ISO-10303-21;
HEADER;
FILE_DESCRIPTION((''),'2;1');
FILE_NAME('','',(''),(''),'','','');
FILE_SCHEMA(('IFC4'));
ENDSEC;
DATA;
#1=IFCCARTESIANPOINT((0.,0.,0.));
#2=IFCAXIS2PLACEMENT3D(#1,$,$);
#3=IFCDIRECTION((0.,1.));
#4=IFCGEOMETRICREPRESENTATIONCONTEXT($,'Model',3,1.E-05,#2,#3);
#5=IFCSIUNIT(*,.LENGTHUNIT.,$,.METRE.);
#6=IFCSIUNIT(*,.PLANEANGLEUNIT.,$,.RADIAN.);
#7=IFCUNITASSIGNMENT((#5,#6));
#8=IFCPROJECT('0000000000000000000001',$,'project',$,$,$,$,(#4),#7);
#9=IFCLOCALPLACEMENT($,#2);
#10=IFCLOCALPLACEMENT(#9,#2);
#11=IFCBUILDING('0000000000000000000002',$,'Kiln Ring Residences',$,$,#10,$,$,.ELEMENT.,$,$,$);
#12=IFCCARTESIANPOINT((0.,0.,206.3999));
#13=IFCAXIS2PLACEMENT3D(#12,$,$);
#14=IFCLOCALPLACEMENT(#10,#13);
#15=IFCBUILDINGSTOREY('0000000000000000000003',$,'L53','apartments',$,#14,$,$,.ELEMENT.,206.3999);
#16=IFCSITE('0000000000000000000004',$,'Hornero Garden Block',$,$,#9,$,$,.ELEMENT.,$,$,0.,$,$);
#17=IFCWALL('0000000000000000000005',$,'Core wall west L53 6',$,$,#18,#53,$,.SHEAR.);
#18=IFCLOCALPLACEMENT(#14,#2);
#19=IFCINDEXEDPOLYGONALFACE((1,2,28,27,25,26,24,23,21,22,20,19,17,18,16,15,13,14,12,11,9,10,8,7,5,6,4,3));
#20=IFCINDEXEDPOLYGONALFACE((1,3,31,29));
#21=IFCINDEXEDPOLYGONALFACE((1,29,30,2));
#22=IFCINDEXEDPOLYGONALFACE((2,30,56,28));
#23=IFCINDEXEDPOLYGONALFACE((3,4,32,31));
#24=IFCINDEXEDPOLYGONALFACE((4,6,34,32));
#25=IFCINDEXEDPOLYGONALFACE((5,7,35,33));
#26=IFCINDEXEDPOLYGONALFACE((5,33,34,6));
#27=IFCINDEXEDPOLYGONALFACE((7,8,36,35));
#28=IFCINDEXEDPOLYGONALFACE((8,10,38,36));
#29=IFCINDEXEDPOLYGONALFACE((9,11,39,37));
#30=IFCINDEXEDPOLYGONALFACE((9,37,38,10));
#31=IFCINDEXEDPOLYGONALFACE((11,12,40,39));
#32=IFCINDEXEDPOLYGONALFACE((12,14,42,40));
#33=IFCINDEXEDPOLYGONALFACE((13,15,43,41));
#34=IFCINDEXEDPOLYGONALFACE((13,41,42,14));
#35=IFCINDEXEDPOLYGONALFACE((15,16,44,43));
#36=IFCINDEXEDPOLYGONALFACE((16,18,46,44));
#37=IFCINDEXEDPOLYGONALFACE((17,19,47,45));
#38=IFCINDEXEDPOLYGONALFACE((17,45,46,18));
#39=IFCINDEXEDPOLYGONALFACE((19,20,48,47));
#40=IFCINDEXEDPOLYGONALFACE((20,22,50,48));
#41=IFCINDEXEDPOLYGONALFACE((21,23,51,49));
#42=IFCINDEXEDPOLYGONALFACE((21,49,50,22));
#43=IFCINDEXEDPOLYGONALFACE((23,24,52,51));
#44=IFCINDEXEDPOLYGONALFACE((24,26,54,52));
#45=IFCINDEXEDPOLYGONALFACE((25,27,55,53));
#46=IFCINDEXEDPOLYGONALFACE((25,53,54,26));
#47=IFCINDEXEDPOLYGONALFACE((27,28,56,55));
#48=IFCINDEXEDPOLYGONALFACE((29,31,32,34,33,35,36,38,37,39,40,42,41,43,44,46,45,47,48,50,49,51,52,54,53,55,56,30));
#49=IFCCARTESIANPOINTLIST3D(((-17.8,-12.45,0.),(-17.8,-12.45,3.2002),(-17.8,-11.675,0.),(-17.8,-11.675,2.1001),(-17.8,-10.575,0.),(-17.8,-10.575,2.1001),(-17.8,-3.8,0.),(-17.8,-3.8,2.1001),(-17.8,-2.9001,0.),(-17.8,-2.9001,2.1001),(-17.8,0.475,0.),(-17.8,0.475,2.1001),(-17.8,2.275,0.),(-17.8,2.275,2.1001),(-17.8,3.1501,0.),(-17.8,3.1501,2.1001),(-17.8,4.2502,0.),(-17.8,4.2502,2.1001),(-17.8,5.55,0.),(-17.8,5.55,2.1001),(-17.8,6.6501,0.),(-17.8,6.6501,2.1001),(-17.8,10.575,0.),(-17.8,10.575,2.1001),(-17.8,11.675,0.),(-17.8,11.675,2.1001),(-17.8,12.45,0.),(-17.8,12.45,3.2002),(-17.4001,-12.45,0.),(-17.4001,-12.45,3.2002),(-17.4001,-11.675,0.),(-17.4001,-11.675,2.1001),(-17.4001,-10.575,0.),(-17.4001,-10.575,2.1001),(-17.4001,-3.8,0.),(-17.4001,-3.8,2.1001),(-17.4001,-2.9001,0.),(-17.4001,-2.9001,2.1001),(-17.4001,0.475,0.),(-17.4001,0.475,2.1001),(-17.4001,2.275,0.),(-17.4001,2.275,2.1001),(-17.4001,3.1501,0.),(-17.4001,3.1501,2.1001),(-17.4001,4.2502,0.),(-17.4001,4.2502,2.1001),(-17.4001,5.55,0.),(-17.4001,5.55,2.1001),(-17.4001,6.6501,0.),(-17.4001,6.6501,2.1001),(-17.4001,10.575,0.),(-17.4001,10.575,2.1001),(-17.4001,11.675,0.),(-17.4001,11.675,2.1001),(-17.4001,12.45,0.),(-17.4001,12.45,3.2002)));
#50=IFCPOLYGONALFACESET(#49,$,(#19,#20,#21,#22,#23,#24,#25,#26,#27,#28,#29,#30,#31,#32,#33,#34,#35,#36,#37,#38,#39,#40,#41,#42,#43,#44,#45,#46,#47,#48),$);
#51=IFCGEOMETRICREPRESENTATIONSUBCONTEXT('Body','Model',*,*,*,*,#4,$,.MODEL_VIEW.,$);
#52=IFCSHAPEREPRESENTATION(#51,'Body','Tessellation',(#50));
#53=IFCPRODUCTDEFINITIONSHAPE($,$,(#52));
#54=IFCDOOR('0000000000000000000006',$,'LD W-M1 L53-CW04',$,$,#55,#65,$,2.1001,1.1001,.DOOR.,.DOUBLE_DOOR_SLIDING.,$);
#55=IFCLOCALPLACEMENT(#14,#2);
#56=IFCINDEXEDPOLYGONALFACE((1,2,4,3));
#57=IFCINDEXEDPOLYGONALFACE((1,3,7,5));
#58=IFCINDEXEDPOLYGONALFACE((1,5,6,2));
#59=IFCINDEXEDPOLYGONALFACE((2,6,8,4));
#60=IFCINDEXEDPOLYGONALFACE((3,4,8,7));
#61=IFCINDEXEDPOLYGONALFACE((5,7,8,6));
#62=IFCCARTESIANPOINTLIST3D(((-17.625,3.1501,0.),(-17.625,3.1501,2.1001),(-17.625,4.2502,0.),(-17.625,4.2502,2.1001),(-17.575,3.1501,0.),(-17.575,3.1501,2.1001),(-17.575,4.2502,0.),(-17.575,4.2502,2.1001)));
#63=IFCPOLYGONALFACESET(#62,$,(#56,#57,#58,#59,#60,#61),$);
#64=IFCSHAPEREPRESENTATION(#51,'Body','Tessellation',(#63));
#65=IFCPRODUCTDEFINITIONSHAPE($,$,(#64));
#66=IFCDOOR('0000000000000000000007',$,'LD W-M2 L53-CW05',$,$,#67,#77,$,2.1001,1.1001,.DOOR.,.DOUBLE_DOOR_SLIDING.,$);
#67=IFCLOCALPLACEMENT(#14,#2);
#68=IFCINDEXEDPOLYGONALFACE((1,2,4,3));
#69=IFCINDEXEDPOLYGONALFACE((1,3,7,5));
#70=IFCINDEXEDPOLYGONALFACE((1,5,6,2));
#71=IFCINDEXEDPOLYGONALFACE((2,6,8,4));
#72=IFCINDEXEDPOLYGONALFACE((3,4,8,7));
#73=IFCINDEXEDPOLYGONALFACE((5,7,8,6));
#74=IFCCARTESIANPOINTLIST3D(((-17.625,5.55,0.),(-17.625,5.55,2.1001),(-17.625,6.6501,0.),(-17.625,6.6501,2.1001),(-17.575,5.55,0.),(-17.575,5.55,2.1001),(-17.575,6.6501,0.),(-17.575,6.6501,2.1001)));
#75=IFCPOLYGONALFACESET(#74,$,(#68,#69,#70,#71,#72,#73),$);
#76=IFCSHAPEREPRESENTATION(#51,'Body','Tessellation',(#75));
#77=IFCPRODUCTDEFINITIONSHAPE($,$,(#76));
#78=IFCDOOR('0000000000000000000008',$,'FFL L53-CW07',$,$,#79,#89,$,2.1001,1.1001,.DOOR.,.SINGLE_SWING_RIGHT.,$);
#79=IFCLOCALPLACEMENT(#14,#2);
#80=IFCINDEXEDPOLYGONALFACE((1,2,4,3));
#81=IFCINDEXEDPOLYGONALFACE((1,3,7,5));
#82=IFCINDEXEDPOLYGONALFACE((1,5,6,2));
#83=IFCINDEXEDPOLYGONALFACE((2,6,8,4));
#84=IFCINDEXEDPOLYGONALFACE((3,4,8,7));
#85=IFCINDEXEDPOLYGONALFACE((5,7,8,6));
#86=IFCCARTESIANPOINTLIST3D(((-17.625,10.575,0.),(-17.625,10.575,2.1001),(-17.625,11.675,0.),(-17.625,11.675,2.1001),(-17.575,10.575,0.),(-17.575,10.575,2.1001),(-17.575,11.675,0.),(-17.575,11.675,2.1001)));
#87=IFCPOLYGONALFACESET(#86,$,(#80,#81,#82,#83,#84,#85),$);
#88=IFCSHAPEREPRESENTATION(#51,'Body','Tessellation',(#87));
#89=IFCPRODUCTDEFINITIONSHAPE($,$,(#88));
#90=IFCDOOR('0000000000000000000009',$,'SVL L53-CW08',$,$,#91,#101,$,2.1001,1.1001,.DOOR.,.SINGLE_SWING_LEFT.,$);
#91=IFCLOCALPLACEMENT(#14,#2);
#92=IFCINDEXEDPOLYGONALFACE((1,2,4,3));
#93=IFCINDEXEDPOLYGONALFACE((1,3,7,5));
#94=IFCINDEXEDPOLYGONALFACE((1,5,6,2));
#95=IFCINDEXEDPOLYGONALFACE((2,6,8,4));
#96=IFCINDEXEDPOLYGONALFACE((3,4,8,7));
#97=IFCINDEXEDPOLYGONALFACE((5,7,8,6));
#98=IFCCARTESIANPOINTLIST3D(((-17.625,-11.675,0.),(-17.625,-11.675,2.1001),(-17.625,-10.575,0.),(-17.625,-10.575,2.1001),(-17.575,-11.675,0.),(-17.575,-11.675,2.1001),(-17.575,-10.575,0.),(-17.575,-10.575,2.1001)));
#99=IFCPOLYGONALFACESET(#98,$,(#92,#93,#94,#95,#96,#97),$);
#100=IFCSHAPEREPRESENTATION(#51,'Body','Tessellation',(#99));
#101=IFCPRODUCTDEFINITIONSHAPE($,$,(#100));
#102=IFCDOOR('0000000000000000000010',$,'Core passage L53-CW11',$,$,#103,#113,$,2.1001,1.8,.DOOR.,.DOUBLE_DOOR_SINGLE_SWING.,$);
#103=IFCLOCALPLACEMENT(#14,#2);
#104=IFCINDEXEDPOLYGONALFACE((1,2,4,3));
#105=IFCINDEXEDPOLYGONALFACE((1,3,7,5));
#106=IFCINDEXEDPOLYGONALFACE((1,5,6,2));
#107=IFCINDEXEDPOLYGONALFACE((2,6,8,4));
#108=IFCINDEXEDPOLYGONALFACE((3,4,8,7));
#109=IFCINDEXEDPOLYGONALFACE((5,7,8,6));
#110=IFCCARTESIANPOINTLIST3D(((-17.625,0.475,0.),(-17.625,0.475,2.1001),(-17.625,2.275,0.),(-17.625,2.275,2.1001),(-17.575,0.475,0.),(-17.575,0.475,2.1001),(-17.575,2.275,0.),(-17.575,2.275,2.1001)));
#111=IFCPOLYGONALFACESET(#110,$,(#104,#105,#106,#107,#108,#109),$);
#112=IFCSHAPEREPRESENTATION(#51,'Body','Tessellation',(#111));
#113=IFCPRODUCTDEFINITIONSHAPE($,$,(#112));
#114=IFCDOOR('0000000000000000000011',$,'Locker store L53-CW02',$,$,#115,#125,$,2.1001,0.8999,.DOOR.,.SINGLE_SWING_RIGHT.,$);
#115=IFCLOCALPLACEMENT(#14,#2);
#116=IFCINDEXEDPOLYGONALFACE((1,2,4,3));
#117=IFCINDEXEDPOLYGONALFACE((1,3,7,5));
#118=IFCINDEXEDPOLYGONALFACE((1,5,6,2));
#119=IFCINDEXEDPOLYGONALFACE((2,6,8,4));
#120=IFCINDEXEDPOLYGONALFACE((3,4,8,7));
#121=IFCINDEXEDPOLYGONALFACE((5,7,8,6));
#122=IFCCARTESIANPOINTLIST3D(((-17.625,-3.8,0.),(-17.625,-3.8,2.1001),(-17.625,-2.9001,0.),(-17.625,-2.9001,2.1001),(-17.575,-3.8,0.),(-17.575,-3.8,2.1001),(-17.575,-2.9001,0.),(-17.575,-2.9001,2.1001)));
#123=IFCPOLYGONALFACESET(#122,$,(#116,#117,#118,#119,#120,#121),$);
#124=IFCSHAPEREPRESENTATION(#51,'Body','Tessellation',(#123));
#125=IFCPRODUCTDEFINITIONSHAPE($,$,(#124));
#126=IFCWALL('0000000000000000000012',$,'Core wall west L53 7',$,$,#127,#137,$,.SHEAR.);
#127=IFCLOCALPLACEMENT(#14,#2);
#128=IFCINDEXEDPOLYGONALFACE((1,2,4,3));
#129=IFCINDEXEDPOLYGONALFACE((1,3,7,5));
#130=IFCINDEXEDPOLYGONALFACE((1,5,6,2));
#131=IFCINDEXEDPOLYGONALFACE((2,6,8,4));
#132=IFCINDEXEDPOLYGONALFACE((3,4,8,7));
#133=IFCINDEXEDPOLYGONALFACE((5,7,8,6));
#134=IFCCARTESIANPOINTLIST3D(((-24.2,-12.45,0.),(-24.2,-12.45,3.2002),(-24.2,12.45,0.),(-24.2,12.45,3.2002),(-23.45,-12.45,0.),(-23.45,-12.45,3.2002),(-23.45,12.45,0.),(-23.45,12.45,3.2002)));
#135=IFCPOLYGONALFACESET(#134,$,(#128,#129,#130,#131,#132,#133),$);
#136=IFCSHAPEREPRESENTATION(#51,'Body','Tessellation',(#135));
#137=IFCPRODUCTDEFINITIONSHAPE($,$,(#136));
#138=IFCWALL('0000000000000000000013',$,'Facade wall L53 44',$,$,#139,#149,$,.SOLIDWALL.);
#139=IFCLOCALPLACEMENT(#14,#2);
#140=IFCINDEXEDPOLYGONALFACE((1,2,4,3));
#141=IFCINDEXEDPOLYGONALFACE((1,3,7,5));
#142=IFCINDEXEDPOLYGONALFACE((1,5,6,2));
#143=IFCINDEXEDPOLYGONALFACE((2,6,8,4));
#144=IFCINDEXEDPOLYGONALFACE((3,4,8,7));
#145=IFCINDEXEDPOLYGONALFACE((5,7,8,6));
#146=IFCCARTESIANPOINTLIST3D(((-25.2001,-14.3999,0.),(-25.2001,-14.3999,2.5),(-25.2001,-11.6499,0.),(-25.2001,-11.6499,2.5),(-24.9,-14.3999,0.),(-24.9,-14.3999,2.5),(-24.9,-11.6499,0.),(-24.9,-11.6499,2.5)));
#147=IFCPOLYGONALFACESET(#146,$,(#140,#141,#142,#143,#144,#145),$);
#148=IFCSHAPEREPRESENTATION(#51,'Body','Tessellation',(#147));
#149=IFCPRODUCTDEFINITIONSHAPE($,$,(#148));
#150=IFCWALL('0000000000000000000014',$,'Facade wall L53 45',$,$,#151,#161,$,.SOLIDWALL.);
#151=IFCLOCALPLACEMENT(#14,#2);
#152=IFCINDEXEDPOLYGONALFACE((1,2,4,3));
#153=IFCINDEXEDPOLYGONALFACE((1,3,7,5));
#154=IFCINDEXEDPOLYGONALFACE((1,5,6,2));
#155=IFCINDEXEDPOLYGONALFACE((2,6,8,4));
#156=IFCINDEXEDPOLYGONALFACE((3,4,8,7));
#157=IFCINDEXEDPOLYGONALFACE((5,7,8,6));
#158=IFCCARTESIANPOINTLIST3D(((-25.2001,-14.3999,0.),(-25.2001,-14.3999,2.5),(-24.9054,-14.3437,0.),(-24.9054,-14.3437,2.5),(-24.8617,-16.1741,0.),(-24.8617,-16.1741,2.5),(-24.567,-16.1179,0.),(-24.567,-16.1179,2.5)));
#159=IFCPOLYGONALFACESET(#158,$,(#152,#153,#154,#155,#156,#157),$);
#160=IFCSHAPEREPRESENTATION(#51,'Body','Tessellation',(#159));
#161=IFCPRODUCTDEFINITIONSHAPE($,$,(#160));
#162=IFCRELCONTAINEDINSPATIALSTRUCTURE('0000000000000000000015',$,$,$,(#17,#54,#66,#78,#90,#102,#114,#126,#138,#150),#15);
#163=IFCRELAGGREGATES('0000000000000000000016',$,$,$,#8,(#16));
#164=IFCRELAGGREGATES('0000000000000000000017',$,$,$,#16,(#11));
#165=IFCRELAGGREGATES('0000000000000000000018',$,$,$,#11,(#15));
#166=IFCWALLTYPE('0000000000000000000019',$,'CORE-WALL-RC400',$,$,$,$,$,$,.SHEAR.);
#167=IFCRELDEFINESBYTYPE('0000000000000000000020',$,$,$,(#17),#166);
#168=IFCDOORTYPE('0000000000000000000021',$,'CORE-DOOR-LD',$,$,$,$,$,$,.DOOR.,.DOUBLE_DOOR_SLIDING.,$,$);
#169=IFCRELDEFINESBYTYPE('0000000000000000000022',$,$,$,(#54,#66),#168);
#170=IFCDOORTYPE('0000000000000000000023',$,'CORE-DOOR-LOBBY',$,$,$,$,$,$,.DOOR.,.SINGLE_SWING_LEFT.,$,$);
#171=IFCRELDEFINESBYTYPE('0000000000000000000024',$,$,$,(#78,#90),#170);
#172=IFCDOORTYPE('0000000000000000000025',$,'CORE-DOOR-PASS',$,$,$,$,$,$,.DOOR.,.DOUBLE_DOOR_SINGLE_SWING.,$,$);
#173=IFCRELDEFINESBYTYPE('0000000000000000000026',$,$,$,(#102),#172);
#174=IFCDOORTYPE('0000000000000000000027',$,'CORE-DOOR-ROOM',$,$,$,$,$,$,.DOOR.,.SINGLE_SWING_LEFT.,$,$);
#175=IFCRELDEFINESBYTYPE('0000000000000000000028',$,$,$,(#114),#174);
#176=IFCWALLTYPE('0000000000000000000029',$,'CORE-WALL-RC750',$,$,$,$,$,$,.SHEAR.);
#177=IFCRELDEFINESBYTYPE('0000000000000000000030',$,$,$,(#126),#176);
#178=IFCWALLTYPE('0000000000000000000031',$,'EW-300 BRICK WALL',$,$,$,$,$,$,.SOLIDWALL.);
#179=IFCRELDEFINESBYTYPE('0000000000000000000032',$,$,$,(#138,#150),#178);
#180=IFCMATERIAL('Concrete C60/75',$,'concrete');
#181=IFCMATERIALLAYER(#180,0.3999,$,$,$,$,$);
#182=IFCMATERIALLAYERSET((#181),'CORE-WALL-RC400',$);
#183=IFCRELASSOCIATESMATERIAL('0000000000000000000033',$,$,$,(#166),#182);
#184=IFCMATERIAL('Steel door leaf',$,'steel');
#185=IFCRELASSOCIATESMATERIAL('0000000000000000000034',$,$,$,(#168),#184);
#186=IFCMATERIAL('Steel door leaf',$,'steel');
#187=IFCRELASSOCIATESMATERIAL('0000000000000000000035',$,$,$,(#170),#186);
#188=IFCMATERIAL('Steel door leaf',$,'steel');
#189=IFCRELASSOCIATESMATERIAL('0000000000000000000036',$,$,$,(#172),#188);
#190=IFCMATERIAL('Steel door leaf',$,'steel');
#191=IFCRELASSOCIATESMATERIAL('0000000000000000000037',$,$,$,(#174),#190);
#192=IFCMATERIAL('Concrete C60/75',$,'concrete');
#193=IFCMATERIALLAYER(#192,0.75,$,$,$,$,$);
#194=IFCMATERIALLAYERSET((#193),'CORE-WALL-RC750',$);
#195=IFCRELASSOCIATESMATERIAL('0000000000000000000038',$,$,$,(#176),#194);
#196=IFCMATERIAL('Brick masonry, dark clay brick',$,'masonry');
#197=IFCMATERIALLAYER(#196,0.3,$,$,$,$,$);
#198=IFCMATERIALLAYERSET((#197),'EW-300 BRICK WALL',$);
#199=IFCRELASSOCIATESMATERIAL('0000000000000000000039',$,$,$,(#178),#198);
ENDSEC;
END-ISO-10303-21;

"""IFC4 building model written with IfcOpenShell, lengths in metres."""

from ifc_helpers import new_model, si_unit, direction, frame, frame_2d, origin, place, context, subcontext, project, spatial, rectangle, extrude, material, layer, layer_set, type_object, element, fill, save


model = new_model("IFC4")

# Units and contexts
model_context = context("Model", 3, precision=1e-05, world=origin(), true_north=direction((0.0, 1.0)))
body_context = subcontext(model_context, "Body", "Model", "MODEL_VIEW")
ifc_project = project(units=[si_unit("LENGTHUNIT", "METRE"), si_unit("PLANEANGLEUNIT", "RADIAN")], contexts=[model_context])

# Site, building, storey
site_placement = place(None, origin())
site = spatial("IfcSite", under=ifc_project, at=site_placement, Name="Hornero Garden Block", CompositionType="ELEMENT", RefElevation=0.0)
building_placement = place(site_placement, origin())
building = spatial("IfcBuilding", under=site, at=building_placement, Name="Kiln Ring Residences", CompositionType="ELEMENT")
storey_placement = place(building_placement, frame((0.0, 0.0, 206.3999)))
storey = spatial("IfcBuildingStorey", under=building, at=storey_placement, Name="L53", Description="apartments", CompositionType="ELEMENT", Elevation=206.3999)

# Wall, openings, doors
ifc_material_1 = material(Name="Concrete C60/75", Category="concrete")
ifc_layer_1 = layer(ifc_material_1, 0.3999)
ifc_layer_set_1 = layer_set([ifc_layer_1], Name="CORE-WALL-RC400")
wall_type_1 = type_object("IfcWallType", Name="CORE-WALL-RC400", PredefinedType="SHEAR", material=ifc_layer_set_1)
wall_1_placement = place(storey_placement, frame((-17.6001, -12.45, 0.0), z_axis=(0.0, 0.0, 1.0), x_axis=(0.0, 1.0, 0.0)))
wall_1 = element("IfcWall", 1, at=wall_1_placement, inside=storey, type_object=wall_type_1, Name="Core wall west L53 6", PredefinedType="SHEAR", context=body_context, shape_type="SweptSolid", body=[
    extrude(rectangle(XDim=24.8999, YDim=0.3999, at=frame_2d((12.45, 0.0))), origin(), (0.0, 0.0, 1.0), 3.2002),
])
opening_1_placement = place(wall_1_placement, frame((8.6499, 0.0, 0.0)))
opening_1 = element("IfcOpeningElement", 2, at=opening_1_placement, cuts=wall_1, PredefinedType="OPENING", context=body_context, shape_type="SweptSolid", body=[
    extrude(rectangle(XDim=0.8999, YDim=2.1001, at=frame_2d((0.45, 1.05))), frame((0.0, 0.21, 0.0), z_axis=(0.0, -1.0, 0.0), x_axis=(1.0, 0.0, 0.0)), (0.0, 0.0, 1.0), 0.4199),
])
opening_2_placement = place(wall_1_placement, frame((15.6001, 0.0, 0.0)))
opening_2 = element("IfcOpeningElement", 3, at=opening_2_placement, cuts=wall_1, PredefinedType="OPENING", context=body_context, shape_type="SweptSolid", body=[
    extrude(rectangle(XDim=1.1001, YDim=2.1001, at=frame_2d((0.55, 1.05))), frame((0.0, 0.21, 0.0), z_axis=(0.0, -1.0, 0.0), x_axis=(1.0, 0.0, 0.0)), (0.0, 0.0, 1.0), 0.4199),
])
opening_3_placement = place(wall_1_placement, frame((18.0, 0.0, 0.0)))
opening_3 = element("IfcOpeningElement", 4, at=opening_3_placement, cuts=wall_1, PredefinedType="OPENING", context=body_context, shape_type="SweptSolid", body=[
    extrude(rectangle(XDim=1.1001, YDim=2.1001, at=frame_2d((0.55, 1.05))), frame((0.0, 0.21, 0.0), z_axis=(0.0, -1.0, 0.0), x_axis=(1.0, 0.0, 0.0)), (0.0, 0.0, 1.0), 0.4199),
])
opening_4_placement = place(wall_1_placement, frame((23.0249, 0.0, 0.0)))
opening_4 = element("IfcOpeningElement", 5, at=opening_4_placement, cuts=wall_1, PredefinedType="OPENING", context=body_context, shape_type="SweptSolid", body=[
    extrude(rectangle(XDim=1.1001, YDim=2.1001, at=frame_2d((0.55, 1.05))), frame((0.0, 0.21, 0.0), z_axis=(0.0, -1.0, 0.0), x_axis=(1.0, 0.0, 0.0)), (0.0, 0.0, 1.0), 0.4199),
])
opening_5_placement = place(wall_1_placement, frame((0.7749, 0.0, 0.0)))
opening_5 = element("IfcOpeningElement", 6, at=opening_5_placement, cuts=wall_1, PredefinedType="OPENING", context=body_context, shape_type="SweptSolid", body=[
    extrude(rectangle(XDim=1.1001, YDim=2.1001, at=frame_2d((0.55, 1.05))), frame((0.0, 0.21, 0.0), z_axis=(0.0, -1.0, 0.0), x_axis=(1.0, 0.0, 0.0)), (0.0, 0.0, 1.0), 0.4199),
])
opening_6_placement = place(wall_1_placement, frame((12.925, 0.0, 0.0)))
opening_6 = element("IfcOpeningElement", 7, at=opening_6_placement, cuts=wall_1, PredefinedType="OPENING", context=body_context, shape_type="SweptSolid", body=[
    extrude(rectangle(XDim=1.8, YDim=2.1001, at=frame_2d((0.8999, 1.05))), frame((0.0, 0.21, 0.0), z_axis=(0.0, -1.0, 0.0), x_axis=(1.0, 0.0, 0.0)), (0.0, 0.0, 1.0), 0.4199),
])
ifc_material_2 = material(Name="Steel door leaf", Category="steel")
door_type_1 = type_object("IfcDoorType", Name="CORE-DOOR-LD", OperationType="DOUBLE_DOOR_SLIDING", PredefinedType="DOOR", material=ifc_material_2)
door_1_placement = place(opening_2_placement, origin())
door_1 = element("IfcDoor", 8, at=door_1_placement, inside=storey, type_object=door_type_1, Name="LD W-M1 L53-CW04", OperationType="DOUBLE_DOOR_SLIDING", OverallHeight=2.1001, OverallWidth=1.1001, PredefinedType="DOOR", context=body_context, shape_type="SweptSolid", body=[
    extrude(rectangle(XDim=1.1001, YDim=2.1001, at=frame_2d((0.55, 1.05))), frame((0.0, 0.0249, 0.0), z_axis=(0.0, -1.0, 0.0), x_axis=(1.0, 0.0, 0.0)), (0.0, 0.0, 1.0), 0.05),
])
fill(opening_2, door_1)
door_2_placement = place(opening_3_placement, origin())
door_2 = element("IfcDoor", 9, at=door_2_placement, inside=storey, type_object=door_type_1, Name="LD W-M2 L53-CW05", OperationType="DOUBLE_DOOR_SLIDING", OverallHeight=2.1001, OverallWidth=1.1001, PredefinedType="DOOR", context=body_context, shape_type="SweptSolid", body=[
    extrude(rectangle(XDim=1.1001, YDim=2.1001, at=frame_2d((0.55, 1.05))), frame((0.0, 0.0249, 0.0), z_axis=(0.0, -1.0, 0.0), x_axis=(1.0, 0.0, 0.0)), (0.0, 0.0, 1.0), 0.05),
])
fill(opening_3, door_2)
ifc_material_3 = material(Name="Steel door leaf", Category="steel")
door_type_2 = type_object("IfcDoorType", Name="CORE-DOOR-LOBBY", OperationType="SINGLE_SWING_LEFT", PredefinedType="DOOR", material=ifc_material_3)
door_3_placement = place(opening_4_placement, origin())
door_3 = element("IfcDoor", 10, at=door_3_placement, inside=storey, type_object=door_type_2, Name="FFL L53-CW07", OperationType="SINGLE_SWING_RIGHT", OverallHeight=2.1001, OverallWidth=1.1001, PredefinedType="DOOR", context=body_context, shape_type="SweptSolid", body=[
    extrude(rectangle(XDim=1.1001, YDim=2.1001, at=frame_2d((0.55, 1.05))), frame((0.0, 0.0249, 0.0), z_axis=(0.0, -1.0, 0.0), x_axis=(1.0, 0.0, 0.0)), (0.0, 0.0, 1.0), 0.05),
])
fill(opening_4, door_3)
door_4_placement = place(opening_5_placement, origin())
door_4 = element("IfcDoor", 11, at=door_4_placement, inside=storey, type_object=door_type_2, Name="SVL L53-CW08", OperationType="SINGLE_SWING_LEFT", OverallHeight=2.1001, OverallWidth=1.1001, PredefinedType="DOOR", context=body_context, shape_type="SweptSolid", body=[
    extrude(rectangle(XDim=1.1001, YDim=2.1001, at=frame_2d((0.55, 1.05))), frame((0.0, 0.0249, 0.0), z_axis=(0.0, -1.0, 0.0), x_axis=(1.0, 0.0, 0.0)), (0.0, 0.0, 1.0), 0.05),
])
fill(opening_5, door_4)
ifc_material_4 = material(Name="Steel door leaf", Category="steel")
door_type_3 = type_object("IfcDoorType", Name="CORE-DOOR-PASS", OperationType="DOUBLE_DOOR_SINGLE_SWING", PredefinedType="DOOR", material=ifc_material_4)
door_5_placement = place(opening_6_placement, origin())
door_5 = element("IfcDoor", 12, at=door_5_placement, inside=storey, type_object=door_type_3, Name="Core passage L53-CW11", OperationType="DOUBLE_DOOR_SINGLE_SWING", OverallHeight=2.1001, OverallWidth=1.8, PredefinedType="DOOR", context=body_context, shape_type="SweptSolid", body=[
    extrude(rectangle(XDim=1.8, YDim=2.1001, at=frame_2d((0.8999, 1.05))), frame((0.0, 0.0249, 0.0), z_axis=(0.0, -1.0, 0.0), x_axis=(1.0, 0.0, 0.0)), (0.0, 0.0, 1.0), 0.05),
])
fill(opening_6, door_5)
ifc_material_5 = material(Name="Steel door leaf", Category="steel")
door_type_4 = type_object("IfcDoorType", Name="CORE-DOOR-ROOM", OperationType="SINGLE_SWING_LEFT", PredefinedType="DOOR", material=ifc_material_5)
door_6_placement = place(opening_1_placement, origin())
door_6 = element("IfcDoor", 13, at=door_6_placement, inside=storey, type_object=door_type_4, Name="Locker store L53-CW02", OperationType="SINGLE_SWING_RIGHT", OverallHeight=2.1001, OverallWidth=0.8999, PredefinedType="DOOR", context=body_context, shape_type="SweptSolid", body=[
    extrude(rectangle(XDim=0.8999, YDim=2.1001, at=frame_2d((0.45, 1.05))), frame((0.0, 0.0249, 0.0), z_axis=(0.0, -1.0, 0.0), x_axis=(1.0, 0.0, 0.0)), (0.0, 0.0, 1.0), 0.05),
])
fill(opening_1, door_6)

# Walls
ifc_material_6 = material(Name="Concrete C60/75", Category="concrete")
ifc_layer_2 = layer(ifc_material_6, 0.75)
ifc_layer_set_2 = layer_set([ifc_layer_2], Name="CORE-WALL-RC750")
wall_type_2 = type_object("IfcWallType", Name="CORE-WALL-RC750", PredefinedType="SHEAR", material=ifc_layer_set_2)
wall_2_placement = place(storey_placement, frame((-23.825, -12.45, 0.0), z_axis=(0.0, 0.0, 1.0), x_axis=(0.0, 1.0, 0.0)))
element("IfcWall", 14, at=wall_2_placement, inside=storey, type_object=wall_type_2, Name="Core wall west L53 7", PredefinedType="SHEAR", context=body_context, shape_type="SweptSolid", body=[
    extrude(rectangle(XDim=24.8999, YDim=0.75, at=frame_2d((12.45, 0.0))), origin(), (0.0, 0.0, 1.0), 3.2002),
])
ifc_material_7 = material(Name="Brick masonry, dark clay brick", Category="masonry")
ifc_layer_3 = layer(ifc_material_7, 0.3)
ifc_layer_set_3 = layer_set([ifc_layer_3], Name="EW-300 BRICK WALL")
wall_type_3 = type_object("IfcWallType", Name="EW-300 BRICK WALL", PredefinedType="SOLIDWALL", material=ifc_layer_set_3)
wall_3_placement = place(storey_placement, frame((-25.05, -11.6499, 0.0), z_axis=(0.0, 0.0, 1.0), x_axis=(0.0, -1.0, 0.0)))
element("IfcWall", 15, at=wall_3_placement, inside=storey, type_object=wall_type_3, Name="Facade wall L53 44", PredefinedType="SOLIDWALL", context=body_context, shape_type="SweptSolid", body=[
    extrude(rectangle(XDim=2.75, YDim=0.3, at=frame_2d((1.375, 0.0))), origin(), (0.0, 0.0, 1.0), 2.5),
])
wall_4_placement = place(storey_placement, frame((-25.0527, -14.3718, 0.0), z_axis=(0.0, 0.0, 1.0), x_axis=(0.187348, -0.982294, 0.0)))
element("IfcWall", 16, at=wall_4_placement, inside=storey, type_object=wall_type_3, Name="Facade wall L53 45", PredefinedType="SOLIDWALL", context=body_context, shape_type="SweptSolid", body=[
    extrude(rectangle(XDim=1.8062, YDim=0.3, at=frame_2d((0.9031, 0.0))), origin(), (0.0, 0.0, 1.0), 2.5),
])

save(model, "model.ifc")
